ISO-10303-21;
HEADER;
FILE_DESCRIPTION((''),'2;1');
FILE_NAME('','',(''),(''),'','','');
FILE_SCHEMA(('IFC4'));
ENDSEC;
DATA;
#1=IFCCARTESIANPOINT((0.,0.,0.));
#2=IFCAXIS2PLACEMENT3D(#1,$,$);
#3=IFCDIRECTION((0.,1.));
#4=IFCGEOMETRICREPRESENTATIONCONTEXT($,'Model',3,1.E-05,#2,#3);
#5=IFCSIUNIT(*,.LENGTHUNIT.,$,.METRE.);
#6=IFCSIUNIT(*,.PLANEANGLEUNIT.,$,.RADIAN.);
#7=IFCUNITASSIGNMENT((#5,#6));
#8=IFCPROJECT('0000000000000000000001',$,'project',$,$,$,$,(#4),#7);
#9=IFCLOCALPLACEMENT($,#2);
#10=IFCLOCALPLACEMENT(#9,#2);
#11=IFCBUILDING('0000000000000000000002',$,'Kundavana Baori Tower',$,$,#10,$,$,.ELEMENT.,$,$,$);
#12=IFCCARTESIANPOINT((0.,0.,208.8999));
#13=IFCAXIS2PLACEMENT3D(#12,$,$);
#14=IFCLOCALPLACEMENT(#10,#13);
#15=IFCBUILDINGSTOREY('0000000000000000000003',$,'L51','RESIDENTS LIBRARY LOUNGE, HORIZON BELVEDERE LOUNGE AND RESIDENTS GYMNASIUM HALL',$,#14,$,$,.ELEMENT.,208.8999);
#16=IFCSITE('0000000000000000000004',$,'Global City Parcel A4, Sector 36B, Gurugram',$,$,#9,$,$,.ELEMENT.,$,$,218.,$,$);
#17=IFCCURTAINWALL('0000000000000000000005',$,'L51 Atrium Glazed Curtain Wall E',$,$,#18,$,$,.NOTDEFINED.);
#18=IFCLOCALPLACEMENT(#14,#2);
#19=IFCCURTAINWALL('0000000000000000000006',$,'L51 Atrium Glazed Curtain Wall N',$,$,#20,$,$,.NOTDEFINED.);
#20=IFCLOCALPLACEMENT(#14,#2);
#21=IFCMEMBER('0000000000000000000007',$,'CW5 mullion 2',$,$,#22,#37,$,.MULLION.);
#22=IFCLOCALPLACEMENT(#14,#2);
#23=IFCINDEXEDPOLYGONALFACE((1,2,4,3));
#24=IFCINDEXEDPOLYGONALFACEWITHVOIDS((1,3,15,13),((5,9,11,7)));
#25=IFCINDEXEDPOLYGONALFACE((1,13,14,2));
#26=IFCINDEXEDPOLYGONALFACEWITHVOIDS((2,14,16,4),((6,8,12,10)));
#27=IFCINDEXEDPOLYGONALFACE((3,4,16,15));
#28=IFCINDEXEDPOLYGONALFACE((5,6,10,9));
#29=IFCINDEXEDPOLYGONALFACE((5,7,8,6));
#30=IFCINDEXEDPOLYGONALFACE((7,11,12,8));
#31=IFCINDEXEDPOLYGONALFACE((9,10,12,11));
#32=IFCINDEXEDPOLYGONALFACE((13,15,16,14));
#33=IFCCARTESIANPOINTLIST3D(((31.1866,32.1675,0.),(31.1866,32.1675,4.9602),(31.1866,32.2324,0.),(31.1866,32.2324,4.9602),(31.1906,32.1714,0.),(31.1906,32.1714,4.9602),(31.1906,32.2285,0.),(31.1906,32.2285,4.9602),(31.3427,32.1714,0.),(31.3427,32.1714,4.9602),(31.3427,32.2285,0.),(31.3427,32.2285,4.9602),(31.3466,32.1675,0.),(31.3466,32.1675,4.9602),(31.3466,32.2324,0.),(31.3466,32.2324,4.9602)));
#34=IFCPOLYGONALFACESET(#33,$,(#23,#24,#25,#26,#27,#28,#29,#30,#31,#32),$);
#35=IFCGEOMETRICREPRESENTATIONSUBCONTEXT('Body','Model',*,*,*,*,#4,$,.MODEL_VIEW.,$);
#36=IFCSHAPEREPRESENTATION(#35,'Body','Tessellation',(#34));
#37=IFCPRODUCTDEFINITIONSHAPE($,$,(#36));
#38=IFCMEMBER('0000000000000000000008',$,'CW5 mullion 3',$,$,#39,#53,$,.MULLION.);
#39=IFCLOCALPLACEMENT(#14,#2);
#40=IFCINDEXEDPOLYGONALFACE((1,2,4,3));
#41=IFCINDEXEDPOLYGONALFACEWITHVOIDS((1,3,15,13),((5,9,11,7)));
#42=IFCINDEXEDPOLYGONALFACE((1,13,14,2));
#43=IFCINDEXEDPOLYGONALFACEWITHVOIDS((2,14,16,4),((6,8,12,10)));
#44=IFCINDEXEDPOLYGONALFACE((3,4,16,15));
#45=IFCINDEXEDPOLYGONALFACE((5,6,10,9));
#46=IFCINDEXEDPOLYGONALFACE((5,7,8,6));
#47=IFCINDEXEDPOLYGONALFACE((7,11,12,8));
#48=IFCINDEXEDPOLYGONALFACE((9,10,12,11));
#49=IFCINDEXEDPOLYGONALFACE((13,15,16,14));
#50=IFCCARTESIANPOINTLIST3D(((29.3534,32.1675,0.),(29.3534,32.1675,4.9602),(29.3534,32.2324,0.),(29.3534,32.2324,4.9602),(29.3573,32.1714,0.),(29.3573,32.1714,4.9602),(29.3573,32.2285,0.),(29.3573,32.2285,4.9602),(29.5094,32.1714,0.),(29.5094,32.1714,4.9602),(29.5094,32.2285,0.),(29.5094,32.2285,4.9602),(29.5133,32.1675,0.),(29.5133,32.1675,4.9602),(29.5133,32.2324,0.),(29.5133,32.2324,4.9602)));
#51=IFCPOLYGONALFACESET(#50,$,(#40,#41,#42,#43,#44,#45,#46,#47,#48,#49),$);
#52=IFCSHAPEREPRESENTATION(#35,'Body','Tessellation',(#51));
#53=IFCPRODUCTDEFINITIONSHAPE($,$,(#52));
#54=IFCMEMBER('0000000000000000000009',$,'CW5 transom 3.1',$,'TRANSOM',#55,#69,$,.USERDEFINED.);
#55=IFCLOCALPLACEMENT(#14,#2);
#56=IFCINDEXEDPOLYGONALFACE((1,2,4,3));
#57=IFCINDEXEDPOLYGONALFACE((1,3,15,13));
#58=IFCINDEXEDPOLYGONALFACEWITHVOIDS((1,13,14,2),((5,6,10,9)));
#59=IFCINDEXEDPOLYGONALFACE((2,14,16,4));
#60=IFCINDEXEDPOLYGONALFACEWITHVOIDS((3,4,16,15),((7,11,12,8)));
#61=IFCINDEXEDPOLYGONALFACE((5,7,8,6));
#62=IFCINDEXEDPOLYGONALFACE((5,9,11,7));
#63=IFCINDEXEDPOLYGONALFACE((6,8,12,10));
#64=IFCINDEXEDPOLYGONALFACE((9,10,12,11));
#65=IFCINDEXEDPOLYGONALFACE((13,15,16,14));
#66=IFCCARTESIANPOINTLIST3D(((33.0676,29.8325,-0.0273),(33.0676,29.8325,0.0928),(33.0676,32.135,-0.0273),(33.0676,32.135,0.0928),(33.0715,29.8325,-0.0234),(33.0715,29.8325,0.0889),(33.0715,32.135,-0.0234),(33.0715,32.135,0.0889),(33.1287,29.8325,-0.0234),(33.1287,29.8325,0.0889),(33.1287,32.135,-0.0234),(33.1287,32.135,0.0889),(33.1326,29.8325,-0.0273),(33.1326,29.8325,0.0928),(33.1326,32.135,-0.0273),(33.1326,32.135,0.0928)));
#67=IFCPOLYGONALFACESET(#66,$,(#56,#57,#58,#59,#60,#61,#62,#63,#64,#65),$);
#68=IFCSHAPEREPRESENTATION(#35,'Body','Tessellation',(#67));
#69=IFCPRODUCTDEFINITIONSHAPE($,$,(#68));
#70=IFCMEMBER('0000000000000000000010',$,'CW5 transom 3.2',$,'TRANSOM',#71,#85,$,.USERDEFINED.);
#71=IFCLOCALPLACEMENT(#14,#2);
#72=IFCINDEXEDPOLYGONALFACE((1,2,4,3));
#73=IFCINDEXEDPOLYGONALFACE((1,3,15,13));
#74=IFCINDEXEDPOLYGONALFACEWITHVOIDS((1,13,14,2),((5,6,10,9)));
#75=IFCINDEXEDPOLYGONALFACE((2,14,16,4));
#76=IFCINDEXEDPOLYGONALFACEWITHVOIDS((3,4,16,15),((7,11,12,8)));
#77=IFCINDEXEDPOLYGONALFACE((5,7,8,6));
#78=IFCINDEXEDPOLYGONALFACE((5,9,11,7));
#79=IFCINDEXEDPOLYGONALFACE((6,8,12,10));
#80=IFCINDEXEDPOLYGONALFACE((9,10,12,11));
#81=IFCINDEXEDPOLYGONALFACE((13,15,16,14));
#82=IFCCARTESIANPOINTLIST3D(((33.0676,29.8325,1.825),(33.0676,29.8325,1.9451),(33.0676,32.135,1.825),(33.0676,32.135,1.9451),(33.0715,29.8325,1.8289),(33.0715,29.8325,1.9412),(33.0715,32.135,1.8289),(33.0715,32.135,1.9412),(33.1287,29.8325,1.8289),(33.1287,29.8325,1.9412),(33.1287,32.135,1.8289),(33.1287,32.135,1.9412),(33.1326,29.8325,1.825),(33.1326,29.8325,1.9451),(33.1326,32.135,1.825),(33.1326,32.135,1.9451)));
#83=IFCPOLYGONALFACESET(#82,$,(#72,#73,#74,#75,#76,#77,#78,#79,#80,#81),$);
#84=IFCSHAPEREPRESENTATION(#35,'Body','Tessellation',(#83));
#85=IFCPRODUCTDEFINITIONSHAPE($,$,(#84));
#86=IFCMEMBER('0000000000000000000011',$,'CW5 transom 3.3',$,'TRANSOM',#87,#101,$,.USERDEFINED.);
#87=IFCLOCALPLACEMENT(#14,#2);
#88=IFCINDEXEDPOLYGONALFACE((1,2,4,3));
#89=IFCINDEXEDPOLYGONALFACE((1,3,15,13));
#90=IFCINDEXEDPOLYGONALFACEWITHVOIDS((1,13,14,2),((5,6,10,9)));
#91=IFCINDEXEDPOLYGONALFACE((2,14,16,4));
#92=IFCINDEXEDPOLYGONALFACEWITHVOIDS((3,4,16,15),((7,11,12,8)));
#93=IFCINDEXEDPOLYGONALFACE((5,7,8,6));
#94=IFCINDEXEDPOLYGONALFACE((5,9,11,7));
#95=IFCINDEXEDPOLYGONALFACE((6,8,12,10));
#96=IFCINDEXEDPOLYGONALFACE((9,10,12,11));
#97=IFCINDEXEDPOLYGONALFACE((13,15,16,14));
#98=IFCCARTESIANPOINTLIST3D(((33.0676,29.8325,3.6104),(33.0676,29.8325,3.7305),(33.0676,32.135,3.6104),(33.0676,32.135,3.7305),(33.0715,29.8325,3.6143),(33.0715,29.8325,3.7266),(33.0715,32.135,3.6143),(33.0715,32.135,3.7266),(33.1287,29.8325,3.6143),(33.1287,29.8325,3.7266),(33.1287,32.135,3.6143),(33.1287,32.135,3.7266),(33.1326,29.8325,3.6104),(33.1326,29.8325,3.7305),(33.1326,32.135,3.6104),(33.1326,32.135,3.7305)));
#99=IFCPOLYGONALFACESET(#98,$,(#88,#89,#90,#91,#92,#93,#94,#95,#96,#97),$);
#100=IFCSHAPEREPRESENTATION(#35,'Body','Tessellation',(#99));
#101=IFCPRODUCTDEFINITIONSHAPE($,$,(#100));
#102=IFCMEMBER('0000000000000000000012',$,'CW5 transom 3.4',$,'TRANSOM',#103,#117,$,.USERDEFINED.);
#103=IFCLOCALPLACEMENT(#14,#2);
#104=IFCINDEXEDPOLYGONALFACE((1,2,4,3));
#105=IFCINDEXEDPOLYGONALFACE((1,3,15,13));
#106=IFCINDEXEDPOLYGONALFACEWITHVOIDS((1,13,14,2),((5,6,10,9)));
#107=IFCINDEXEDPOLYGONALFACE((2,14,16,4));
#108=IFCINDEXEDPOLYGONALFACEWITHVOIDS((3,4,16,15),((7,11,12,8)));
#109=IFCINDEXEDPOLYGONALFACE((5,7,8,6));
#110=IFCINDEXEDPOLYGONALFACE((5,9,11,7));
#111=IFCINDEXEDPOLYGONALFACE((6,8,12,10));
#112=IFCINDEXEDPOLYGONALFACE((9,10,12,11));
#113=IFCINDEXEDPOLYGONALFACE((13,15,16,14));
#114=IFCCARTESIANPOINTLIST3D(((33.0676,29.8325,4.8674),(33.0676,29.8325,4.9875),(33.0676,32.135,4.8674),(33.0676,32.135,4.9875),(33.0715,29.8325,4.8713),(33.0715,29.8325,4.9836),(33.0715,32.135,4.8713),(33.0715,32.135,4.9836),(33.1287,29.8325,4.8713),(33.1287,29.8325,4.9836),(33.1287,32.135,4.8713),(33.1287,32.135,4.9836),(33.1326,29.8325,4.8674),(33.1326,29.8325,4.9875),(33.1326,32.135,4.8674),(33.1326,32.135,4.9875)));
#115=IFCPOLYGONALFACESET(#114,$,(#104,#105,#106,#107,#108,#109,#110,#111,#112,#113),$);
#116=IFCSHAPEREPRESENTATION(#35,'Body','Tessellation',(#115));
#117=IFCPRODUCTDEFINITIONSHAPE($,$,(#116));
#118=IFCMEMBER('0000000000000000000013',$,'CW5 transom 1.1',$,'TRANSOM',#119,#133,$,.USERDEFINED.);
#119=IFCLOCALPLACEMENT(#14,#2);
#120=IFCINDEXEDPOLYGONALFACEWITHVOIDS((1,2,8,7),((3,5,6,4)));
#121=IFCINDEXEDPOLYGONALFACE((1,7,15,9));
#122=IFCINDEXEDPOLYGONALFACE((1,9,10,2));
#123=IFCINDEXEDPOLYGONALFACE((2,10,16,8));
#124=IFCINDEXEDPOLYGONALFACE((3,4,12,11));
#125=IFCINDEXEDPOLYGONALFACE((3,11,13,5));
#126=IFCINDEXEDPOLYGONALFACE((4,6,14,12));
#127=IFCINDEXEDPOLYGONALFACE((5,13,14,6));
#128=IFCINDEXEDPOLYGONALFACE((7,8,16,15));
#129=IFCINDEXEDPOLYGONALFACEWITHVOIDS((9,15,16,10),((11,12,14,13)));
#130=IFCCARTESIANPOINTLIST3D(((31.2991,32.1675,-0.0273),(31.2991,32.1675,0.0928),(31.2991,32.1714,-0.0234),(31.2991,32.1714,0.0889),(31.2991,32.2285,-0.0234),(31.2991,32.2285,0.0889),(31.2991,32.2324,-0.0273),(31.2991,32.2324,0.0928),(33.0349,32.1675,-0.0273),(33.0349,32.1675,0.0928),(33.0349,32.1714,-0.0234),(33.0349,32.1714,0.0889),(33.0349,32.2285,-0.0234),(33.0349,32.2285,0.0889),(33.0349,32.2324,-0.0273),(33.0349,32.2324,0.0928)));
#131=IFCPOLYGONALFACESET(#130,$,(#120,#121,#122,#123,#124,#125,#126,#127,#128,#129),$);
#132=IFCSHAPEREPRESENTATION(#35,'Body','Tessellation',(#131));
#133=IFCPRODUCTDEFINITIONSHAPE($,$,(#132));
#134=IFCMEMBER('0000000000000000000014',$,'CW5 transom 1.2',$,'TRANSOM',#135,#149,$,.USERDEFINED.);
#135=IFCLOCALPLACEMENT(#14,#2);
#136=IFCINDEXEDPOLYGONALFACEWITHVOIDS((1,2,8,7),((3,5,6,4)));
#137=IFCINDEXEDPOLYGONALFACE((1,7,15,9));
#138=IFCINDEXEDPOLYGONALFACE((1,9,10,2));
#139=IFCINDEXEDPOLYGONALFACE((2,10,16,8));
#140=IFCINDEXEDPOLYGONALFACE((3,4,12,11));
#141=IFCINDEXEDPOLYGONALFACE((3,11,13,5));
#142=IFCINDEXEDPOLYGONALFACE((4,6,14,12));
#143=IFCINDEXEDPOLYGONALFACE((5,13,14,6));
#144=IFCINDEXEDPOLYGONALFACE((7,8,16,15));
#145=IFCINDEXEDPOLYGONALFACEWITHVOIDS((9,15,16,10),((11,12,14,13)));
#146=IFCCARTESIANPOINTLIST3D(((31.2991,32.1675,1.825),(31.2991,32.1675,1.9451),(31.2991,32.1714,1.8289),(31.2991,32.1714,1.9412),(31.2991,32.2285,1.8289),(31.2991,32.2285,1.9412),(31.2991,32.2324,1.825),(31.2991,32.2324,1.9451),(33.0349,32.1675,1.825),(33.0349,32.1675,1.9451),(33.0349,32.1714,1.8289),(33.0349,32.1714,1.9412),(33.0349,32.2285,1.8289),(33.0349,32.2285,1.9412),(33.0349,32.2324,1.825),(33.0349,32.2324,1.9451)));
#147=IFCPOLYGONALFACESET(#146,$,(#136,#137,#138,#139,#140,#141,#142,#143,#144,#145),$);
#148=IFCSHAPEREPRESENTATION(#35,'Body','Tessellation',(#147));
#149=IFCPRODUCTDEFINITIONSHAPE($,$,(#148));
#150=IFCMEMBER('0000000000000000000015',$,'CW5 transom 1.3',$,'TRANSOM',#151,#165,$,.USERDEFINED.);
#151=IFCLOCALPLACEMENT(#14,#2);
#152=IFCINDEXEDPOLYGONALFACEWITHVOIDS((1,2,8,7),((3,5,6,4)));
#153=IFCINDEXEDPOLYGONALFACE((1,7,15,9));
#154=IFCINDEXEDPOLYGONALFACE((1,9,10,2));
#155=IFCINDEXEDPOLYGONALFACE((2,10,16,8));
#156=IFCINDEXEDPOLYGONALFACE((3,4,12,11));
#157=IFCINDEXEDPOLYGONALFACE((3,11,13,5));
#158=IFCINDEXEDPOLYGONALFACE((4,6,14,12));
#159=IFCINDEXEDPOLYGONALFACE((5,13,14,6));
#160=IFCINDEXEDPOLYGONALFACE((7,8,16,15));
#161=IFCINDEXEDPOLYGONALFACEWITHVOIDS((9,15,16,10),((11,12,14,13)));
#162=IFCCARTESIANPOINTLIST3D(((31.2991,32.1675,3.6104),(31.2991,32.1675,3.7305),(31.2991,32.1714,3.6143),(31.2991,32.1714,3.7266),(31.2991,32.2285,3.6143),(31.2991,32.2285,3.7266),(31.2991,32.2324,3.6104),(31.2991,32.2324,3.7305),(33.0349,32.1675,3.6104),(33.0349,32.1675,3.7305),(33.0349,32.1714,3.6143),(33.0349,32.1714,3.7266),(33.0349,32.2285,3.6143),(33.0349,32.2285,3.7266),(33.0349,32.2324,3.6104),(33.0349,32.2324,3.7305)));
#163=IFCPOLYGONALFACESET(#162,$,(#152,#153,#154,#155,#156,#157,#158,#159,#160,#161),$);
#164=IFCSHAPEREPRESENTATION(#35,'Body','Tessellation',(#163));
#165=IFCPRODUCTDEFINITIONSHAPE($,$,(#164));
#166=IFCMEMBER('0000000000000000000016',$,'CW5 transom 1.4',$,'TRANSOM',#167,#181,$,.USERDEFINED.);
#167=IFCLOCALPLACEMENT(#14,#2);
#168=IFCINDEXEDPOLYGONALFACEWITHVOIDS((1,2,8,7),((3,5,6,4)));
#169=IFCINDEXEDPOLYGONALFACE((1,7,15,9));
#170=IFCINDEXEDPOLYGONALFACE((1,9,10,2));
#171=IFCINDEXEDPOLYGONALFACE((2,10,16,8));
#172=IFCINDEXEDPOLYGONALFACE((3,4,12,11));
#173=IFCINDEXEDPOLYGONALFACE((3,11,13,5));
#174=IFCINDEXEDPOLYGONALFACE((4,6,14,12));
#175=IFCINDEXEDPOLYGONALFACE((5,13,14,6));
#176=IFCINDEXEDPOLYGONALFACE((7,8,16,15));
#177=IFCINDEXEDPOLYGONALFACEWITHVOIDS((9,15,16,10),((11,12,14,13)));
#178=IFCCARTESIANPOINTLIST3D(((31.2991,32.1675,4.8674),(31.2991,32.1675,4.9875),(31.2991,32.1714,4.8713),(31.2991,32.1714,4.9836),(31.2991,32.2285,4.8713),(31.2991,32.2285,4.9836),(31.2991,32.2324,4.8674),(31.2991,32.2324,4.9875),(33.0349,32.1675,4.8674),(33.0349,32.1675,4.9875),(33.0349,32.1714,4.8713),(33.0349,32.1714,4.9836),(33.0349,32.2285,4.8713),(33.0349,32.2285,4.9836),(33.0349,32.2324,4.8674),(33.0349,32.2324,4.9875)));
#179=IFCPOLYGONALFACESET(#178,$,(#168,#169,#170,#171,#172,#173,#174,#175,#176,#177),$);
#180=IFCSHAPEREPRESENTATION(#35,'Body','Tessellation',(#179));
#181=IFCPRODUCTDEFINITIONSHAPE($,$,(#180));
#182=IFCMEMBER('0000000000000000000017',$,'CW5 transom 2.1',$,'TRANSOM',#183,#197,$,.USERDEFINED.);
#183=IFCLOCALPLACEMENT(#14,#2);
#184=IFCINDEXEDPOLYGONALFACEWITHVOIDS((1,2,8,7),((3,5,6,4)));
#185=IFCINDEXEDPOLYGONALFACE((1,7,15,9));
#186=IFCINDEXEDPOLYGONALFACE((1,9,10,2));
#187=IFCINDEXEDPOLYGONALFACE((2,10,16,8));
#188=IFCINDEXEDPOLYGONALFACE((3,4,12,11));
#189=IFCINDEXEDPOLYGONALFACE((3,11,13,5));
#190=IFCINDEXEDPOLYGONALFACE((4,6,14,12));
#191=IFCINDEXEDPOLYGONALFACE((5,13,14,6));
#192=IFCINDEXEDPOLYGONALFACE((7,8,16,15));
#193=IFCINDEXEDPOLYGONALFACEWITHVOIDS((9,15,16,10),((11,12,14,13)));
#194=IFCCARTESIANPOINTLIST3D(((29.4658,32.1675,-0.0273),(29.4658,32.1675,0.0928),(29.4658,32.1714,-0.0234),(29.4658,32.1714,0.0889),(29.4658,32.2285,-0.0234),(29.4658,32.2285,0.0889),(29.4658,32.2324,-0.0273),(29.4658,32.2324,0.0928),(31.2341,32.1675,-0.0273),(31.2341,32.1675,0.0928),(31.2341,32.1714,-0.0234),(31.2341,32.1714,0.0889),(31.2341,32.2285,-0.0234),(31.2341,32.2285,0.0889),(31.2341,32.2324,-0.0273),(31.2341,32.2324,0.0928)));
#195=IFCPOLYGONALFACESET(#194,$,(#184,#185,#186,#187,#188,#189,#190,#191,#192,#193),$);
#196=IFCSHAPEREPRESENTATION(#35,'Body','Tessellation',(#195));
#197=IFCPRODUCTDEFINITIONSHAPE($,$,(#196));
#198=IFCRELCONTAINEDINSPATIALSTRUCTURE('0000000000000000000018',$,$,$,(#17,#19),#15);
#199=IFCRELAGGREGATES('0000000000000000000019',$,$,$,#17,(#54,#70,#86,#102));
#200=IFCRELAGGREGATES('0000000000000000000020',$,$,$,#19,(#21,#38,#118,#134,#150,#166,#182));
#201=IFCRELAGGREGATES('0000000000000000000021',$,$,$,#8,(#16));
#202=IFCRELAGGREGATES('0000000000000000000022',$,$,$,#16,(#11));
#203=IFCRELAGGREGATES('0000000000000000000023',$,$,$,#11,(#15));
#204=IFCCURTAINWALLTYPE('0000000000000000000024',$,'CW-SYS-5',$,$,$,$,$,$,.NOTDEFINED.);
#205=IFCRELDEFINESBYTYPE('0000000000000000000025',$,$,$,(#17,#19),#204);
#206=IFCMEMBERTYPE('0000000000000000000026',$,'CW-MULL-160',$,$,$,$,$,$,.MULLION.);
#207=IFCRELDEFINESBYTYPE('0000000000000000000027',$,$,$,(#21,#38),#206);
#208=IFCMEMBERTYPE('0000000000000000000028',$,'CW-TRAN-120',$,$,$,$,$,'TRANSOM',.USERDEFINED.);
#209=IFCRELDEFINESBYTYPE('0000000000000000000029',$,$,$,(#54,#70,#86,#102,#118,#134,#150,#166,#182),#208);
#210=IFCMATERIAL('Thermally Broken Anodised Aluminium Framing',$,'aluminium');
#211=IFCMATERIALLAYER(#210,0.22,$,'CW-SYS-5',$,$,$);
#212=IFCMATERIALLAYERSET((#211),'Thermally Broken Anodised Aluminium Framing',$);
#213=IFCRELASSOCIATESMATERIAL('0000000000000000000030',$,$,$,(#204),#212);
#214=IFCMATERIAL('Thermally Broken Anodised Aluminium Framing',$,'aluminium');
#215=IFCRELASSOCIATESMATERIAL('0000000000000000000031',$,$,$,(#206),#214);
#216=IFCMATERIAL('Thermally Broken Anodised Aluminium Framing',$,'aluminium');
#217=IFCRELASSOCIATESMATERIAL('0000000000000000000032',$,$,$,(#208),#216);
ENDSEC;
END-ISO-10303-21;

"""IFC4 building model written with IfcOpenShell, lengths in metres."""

from ifc_helpers import new_model, si_unit, direction, frame, origin, origin_2d, place, context, subcontext, project, spatial, hollow_rectangle, extrude, material, layer, layer_set, material_profile, profile_set, type_object, element, aggregate, save


model = new_model("IFC4")

# Units and contexts
model_context = context("Model", 3, precision=1e-05, world=origin(), true_north=direction((0.0, 1.0)))
body_context = subcontext(model_context, "Body", "Model", "MODEL_VIEW")
ifc_project = project(units=[si_unit("LENGTHUNIT", "METRE"), si_unit("PLANEANGLEUNIT", "RADIAN")], contexts=[model_context])

# Site, building, storey
site_placement = place(None, origin())
site = spatial("IfcSite", under=ifc_project, at=site_placement, Name="Global City Parcel A4, Sector 36B, Gurugram", CompositionType="ELEMENT", RefElevation=218.0)
building_placement = place(site_placement, origin())
building = spatial("IfcBuilding", under=site, at=building_placement, Name="Kundavana Baori Tower", CompositionType="ELEMENT")
storey_placement = place(building_placement, frame((0.0, 0.0, 208.8999)))
storey = spatial("IfcBuildingStorey", under=building, at=storey_placement, Name="L51", Description="RESIDENTS LIBRARY LOUNGE, HORIZON BELVEDERE LOUNGE AND RESIDENTS GYMNASIUM HALL", CompositionType="ELEMENT", Elevation=208.8999)

# Curtain walls, members
ifc_material_1 = material(Name="Thermally Broken Anodised Aluminium Framing", Category="aluminium")
ifc_layer_1 = layer(ifc_material_1, 0.22, Name="CW-SYS-5")
ifc_layer_set_1 = layer_set([ifc_layer_1], Name="Thermally Broken Anodised Aluminium Framing")
curtain_wall_type = type_object("IfcCurtainWallType", Name="CW-SYS-5", PredefinedType="NOTDEFINED", material=ifc_layer_set_1)
curtain_wall_1_placement = place(storey_placement, origin())
curtain_wall_1 = element("IfcCurtainWall", 1, at=curtain_wall_1_placement, inside=storey, type_object=curtain_wall_type, Name="L51 Atrium Glazed Curtain Wall E", PredefinedType="NOTDEFINED")
ifc_material_2 = material(Name="Thermally Broken Anodised Aluminium Framing", Category="aluminium")
ifc_material_profile_1 = material_profile(ifc_material_2, hollow_rectangle(XDim=0.0649, YDim=0.1599, WallThickness=0.0039, at=origin_2d()), Name="CW-MULL-160")
ifc_profile_set_1 = profile_set([ifc_material_profile_1], Name="Thermally Broken Anodised Aluminium Framing")
member_type_1 = type_object("IfcMemberType", Name="CW-MULL-160", PredefinedType="MULLION", material=ifc_profile_set_1)
curtain_wall_2_placement = place(storey_placement, origin())
curtain_wall_2 = element("IfcCurtainWall", 2, at=curtain_wall_2_placement, inside=storey, type_object=curtain_wall_type, Name="L51 Atrium Glazed Curtain Wall N", PredefinedType="NOTDEFINED")
member_1_placement = place(storey_placement, frame((31.2666, 32.2, 0.0), z_axis=(0.0, 0.0, 1.0), x_axis=(0.0, -1.0, 0.0)))
member_1 = element("IfcMember", 3, at=member_1_placement, type_object=member_type_1, Name="CW5 mullion 2", PredefinedType="MULLION", context=body_context, shape_type="SweptSolid", body=[
    extrude(hollow_rectangle(XDim=0.0649, YDim=0.1599, WallThickness=0.0039, at=origin_2d()), origin(), (0.0, 0.0, 1.0), 4.9602),
])
member_2_placement = place(storey_placement, frame((29.4333, 32.2, 0.0), z_axis=(0.0, 0.0, 1.0), x_axis=(0.0, -1.0, 0.0)))
member_2 = element("IfcMember", 4, at=member_2_placement, type_object=member_type_1, Name="CW5 mullion 3", PredefinedType="MULLION", context=body_context, shape_type="SweptSolid", body=[
    extrude(hollow_rectangle(XDim=0.0649, YDim=0.1599, WallThickness=0.0039, at=origin_2d()), origin(), (0.0, 0.0, 1.0), 4.9602),
])

# Members
ifc_material_3 = material(Name="Thermally Broken Anodised Aluminium Framing", Category="aluminium")
ifc_material_profile_2 = material_profile(ifc_material_3, hollow_rectangle(XDim=0.0649, YDim=0.1201, WallThickness=0.0039, at=origin_2d()), Name="CW-TRAN-120")
ifc_profile_set_2 = profile_set([ifc_material_profile_2], Name="Thermally Broken Anodised Aluminium Framing")
member_type_2 = type_object("IfcMemberType", Name="CW-TRAN-120", ElementType="TRANSOM", PredefinedType="USERDEFINED", material=ifc_profile_set_2)
member_3_placement = place(storey_placement, frame((33.1001, 29.8325, 0.0327), z_axis=(0.0, 1.0, 0.0), x_axis=(-1.0, 0.0, 0.0)))
member_3 = element("IfcMember", 5, at=member_3_placement, type_object=member_type_2, Name="CW5 transom 3.1", ObjectType="TRANSOM", PredefinedType="USERDEFINED", context=body_context, shape_type="SweptSolid", body=[
    extrude(hollow_rectangle(XDim=0.0649, YDim=0.1201, WallThickness=0.0039, at=origin_2d()), origin(), (0.0, 0.0, 1.0), 2.3025),
])
member_4_placement = place(storey_placement, frame((33.1001, 29.8325, 1.885), z_axis=(0.0, 1.0, 0.0), x_axis=(-1.0, 0.0, 0.0)))
member_4 = element("IfcMember", 6, at=member_4_placement, type_object=member_type_2, Name="CW5 transom 3.2", ObjectType="TRANSOM", PredefinedType="USERDEFINED", context=body_context, shape_type="SweptSolid", body=[
    extrude(hollow_rectangle(XDim=0.0649, YDim=0.1201, WallThickness=0.0039, at=origin_2d()), origin(), (0.0, 0.0, 1.0), 2.3025),
])
member_5_placement = place(storey_placement, frame((33.1001, 29.8325, 3.6704), z_axis=(0.0, 1.0, 0.0), x_axis=(-1.0, 0.0, 0.0)))
member_5 = element("IfcMember", 7, at=member_5_placement, type_object=member_type_2, Name="CW5 transom 3.3", ObjectType="TRANSOM", PredefinedType="USERDEFINED", context=body_context, shape_type="SweptSolid", body=[
    extrude(hollow_rectangle(XDim=0.0649, YDim=0.1201, WallThickness=0.0039, at=origin_2d()), origin(), (0.0, 0.0, 1.0), 2.3025),
])
member_6_placement = place(storey_placement, frame((33.1001, 29.8325, 4.9275), z_axis=(0.0, 1.0, 0.0), x_axis=(-1.0, 0.0, 0.0)))
member_6 = element("IfcMember", 8, at=member_6_placement, type_object=member_type_2, Name="CW5 transom 3.4", ObjectType="TRANSOM", PredefinedType="USERDEFINED", context=body_context, shape_type="SweptSolid", body=[
    extrude(hollow_rectangle(XDim=0.0649, YDim=0.1201, WallThickness=0.0039, at=origin_2d()), origin(), (0.0, 0.0, 1.0), 2.3025),
])
member_7_placement = place(storey_placement, frame((33.0349, 32.2, 0.0327), z_axis=(-1.0, 0.0, 0.0), x_axis=(0.0, -1.0, 0.0)))
member_7 = element("IfcMember", 9, at=member_7_placement, type_object=member_type_2, Name="CW5 transom 1.1", ObjectType="TRANSOM", PredefinedType="USERDEFINED", context=body_context, shape_type="SweptSolid", body=[
    extrude(hollow_rectangle(XDim=0.0649, YDim=0.1201, WallThickness=0.0039, at=origin_2d()), origin(), (0.0, 0.0, 1.0), 1.7358),
])
member_8_placement = place(storey_placement, frame((33.0349, 32.2, 1.885), z_axis=(-1.0, 0.0, 0.0), x_axis=(0.0, -1.0, 0.0)))
member_8 = element("IfcMember", 10, at=member_8_placement, type_object=member_type_2, Name="CW5 transom 1.2", ObjectType="TRANSOM", PredefinedType="USERDEFINED", context=body_context, shape_type="SweptSolid", body=[
    extrude(hollow_rectangle(XDim=0.0649, YDim=0.1201, WallThickness=0.0039, at=origin_2d()), origin(), (0.0, 0.0, 1.0), 1.7358),
])
member_9_placement = place(storey_placement, frame((33.0349, 32.2, 3.6704), z_axis=(-1.0, 0.0, 0.0), x_axis=(0.0, -1.0, 0.0)))
member_9 = element("IfcMember", 11, at=member_9_placement, type_object=member_type_2, Name="CW5 transom 1.3", ObjectType="TRANSOM", PredefinedType="USERDEFINED", context=body_context, shape_type="SweptSolid", body=[
    extrude(hollow_rectangle(XDim=0.0649, YDim=0.1201, WallThickness=0.0039, at=origin_2d()), origin(), (0.0, 0.0, 1.0), 1.7358),
])
member_10_placement = place(storey_placement, frame((33.0349, 32.2, 4.9275), z_axis=(-1.0, 0.0, 0.0), x_axis=(0.0, -1.0, 0.0)))
member_10 = element("IfcMember", 12, at=member_10_placement, type_object=member_type_2, Name="CW5 transom 1.4", ObjectType="TRANSOM", PredefinedType="USERDEFINED", context=body_context, shape_type="SweptSolid", body=[
    extrude(hollow_rectangle(XDim=0.0649, YDim=0.1201, WallThickness=0.0039, at=origin_2d()), origin(), (0.0, 0.0, 1.0), 1.7358),
])
member_11_placement = place(storey_placement, frame((31.2341, 32.2, 0.0327), z_axis=(-1.0, 0.0, 0.0), x_axis=(0.0, -1.0, 0.0)))
member_11 = element("IfcMember", 13, at=member_11_placement, type_object=member_type_2, Name="CW5 transom 2.1", ObjectType="TRANSOM", PredefinedType="USERDEFINED", context=body_context, shape_type="SweptSolid", body=[
    extrude(hollow_rectangle(XDim=0.0649, YDim=0.1201, WallThickness=0.0039, at=origin_2d()), origin(), (0.0, 0.0, 1.0), 1.7683),
])

aggregate(curtain_wall_1, [member_3, member_4, member_5, member_6])
aggregate(curtain_wall_2, [member_1, member_2, member_7, member_8, member_9, member_10, member_11])

save(model, "model.ifc")
